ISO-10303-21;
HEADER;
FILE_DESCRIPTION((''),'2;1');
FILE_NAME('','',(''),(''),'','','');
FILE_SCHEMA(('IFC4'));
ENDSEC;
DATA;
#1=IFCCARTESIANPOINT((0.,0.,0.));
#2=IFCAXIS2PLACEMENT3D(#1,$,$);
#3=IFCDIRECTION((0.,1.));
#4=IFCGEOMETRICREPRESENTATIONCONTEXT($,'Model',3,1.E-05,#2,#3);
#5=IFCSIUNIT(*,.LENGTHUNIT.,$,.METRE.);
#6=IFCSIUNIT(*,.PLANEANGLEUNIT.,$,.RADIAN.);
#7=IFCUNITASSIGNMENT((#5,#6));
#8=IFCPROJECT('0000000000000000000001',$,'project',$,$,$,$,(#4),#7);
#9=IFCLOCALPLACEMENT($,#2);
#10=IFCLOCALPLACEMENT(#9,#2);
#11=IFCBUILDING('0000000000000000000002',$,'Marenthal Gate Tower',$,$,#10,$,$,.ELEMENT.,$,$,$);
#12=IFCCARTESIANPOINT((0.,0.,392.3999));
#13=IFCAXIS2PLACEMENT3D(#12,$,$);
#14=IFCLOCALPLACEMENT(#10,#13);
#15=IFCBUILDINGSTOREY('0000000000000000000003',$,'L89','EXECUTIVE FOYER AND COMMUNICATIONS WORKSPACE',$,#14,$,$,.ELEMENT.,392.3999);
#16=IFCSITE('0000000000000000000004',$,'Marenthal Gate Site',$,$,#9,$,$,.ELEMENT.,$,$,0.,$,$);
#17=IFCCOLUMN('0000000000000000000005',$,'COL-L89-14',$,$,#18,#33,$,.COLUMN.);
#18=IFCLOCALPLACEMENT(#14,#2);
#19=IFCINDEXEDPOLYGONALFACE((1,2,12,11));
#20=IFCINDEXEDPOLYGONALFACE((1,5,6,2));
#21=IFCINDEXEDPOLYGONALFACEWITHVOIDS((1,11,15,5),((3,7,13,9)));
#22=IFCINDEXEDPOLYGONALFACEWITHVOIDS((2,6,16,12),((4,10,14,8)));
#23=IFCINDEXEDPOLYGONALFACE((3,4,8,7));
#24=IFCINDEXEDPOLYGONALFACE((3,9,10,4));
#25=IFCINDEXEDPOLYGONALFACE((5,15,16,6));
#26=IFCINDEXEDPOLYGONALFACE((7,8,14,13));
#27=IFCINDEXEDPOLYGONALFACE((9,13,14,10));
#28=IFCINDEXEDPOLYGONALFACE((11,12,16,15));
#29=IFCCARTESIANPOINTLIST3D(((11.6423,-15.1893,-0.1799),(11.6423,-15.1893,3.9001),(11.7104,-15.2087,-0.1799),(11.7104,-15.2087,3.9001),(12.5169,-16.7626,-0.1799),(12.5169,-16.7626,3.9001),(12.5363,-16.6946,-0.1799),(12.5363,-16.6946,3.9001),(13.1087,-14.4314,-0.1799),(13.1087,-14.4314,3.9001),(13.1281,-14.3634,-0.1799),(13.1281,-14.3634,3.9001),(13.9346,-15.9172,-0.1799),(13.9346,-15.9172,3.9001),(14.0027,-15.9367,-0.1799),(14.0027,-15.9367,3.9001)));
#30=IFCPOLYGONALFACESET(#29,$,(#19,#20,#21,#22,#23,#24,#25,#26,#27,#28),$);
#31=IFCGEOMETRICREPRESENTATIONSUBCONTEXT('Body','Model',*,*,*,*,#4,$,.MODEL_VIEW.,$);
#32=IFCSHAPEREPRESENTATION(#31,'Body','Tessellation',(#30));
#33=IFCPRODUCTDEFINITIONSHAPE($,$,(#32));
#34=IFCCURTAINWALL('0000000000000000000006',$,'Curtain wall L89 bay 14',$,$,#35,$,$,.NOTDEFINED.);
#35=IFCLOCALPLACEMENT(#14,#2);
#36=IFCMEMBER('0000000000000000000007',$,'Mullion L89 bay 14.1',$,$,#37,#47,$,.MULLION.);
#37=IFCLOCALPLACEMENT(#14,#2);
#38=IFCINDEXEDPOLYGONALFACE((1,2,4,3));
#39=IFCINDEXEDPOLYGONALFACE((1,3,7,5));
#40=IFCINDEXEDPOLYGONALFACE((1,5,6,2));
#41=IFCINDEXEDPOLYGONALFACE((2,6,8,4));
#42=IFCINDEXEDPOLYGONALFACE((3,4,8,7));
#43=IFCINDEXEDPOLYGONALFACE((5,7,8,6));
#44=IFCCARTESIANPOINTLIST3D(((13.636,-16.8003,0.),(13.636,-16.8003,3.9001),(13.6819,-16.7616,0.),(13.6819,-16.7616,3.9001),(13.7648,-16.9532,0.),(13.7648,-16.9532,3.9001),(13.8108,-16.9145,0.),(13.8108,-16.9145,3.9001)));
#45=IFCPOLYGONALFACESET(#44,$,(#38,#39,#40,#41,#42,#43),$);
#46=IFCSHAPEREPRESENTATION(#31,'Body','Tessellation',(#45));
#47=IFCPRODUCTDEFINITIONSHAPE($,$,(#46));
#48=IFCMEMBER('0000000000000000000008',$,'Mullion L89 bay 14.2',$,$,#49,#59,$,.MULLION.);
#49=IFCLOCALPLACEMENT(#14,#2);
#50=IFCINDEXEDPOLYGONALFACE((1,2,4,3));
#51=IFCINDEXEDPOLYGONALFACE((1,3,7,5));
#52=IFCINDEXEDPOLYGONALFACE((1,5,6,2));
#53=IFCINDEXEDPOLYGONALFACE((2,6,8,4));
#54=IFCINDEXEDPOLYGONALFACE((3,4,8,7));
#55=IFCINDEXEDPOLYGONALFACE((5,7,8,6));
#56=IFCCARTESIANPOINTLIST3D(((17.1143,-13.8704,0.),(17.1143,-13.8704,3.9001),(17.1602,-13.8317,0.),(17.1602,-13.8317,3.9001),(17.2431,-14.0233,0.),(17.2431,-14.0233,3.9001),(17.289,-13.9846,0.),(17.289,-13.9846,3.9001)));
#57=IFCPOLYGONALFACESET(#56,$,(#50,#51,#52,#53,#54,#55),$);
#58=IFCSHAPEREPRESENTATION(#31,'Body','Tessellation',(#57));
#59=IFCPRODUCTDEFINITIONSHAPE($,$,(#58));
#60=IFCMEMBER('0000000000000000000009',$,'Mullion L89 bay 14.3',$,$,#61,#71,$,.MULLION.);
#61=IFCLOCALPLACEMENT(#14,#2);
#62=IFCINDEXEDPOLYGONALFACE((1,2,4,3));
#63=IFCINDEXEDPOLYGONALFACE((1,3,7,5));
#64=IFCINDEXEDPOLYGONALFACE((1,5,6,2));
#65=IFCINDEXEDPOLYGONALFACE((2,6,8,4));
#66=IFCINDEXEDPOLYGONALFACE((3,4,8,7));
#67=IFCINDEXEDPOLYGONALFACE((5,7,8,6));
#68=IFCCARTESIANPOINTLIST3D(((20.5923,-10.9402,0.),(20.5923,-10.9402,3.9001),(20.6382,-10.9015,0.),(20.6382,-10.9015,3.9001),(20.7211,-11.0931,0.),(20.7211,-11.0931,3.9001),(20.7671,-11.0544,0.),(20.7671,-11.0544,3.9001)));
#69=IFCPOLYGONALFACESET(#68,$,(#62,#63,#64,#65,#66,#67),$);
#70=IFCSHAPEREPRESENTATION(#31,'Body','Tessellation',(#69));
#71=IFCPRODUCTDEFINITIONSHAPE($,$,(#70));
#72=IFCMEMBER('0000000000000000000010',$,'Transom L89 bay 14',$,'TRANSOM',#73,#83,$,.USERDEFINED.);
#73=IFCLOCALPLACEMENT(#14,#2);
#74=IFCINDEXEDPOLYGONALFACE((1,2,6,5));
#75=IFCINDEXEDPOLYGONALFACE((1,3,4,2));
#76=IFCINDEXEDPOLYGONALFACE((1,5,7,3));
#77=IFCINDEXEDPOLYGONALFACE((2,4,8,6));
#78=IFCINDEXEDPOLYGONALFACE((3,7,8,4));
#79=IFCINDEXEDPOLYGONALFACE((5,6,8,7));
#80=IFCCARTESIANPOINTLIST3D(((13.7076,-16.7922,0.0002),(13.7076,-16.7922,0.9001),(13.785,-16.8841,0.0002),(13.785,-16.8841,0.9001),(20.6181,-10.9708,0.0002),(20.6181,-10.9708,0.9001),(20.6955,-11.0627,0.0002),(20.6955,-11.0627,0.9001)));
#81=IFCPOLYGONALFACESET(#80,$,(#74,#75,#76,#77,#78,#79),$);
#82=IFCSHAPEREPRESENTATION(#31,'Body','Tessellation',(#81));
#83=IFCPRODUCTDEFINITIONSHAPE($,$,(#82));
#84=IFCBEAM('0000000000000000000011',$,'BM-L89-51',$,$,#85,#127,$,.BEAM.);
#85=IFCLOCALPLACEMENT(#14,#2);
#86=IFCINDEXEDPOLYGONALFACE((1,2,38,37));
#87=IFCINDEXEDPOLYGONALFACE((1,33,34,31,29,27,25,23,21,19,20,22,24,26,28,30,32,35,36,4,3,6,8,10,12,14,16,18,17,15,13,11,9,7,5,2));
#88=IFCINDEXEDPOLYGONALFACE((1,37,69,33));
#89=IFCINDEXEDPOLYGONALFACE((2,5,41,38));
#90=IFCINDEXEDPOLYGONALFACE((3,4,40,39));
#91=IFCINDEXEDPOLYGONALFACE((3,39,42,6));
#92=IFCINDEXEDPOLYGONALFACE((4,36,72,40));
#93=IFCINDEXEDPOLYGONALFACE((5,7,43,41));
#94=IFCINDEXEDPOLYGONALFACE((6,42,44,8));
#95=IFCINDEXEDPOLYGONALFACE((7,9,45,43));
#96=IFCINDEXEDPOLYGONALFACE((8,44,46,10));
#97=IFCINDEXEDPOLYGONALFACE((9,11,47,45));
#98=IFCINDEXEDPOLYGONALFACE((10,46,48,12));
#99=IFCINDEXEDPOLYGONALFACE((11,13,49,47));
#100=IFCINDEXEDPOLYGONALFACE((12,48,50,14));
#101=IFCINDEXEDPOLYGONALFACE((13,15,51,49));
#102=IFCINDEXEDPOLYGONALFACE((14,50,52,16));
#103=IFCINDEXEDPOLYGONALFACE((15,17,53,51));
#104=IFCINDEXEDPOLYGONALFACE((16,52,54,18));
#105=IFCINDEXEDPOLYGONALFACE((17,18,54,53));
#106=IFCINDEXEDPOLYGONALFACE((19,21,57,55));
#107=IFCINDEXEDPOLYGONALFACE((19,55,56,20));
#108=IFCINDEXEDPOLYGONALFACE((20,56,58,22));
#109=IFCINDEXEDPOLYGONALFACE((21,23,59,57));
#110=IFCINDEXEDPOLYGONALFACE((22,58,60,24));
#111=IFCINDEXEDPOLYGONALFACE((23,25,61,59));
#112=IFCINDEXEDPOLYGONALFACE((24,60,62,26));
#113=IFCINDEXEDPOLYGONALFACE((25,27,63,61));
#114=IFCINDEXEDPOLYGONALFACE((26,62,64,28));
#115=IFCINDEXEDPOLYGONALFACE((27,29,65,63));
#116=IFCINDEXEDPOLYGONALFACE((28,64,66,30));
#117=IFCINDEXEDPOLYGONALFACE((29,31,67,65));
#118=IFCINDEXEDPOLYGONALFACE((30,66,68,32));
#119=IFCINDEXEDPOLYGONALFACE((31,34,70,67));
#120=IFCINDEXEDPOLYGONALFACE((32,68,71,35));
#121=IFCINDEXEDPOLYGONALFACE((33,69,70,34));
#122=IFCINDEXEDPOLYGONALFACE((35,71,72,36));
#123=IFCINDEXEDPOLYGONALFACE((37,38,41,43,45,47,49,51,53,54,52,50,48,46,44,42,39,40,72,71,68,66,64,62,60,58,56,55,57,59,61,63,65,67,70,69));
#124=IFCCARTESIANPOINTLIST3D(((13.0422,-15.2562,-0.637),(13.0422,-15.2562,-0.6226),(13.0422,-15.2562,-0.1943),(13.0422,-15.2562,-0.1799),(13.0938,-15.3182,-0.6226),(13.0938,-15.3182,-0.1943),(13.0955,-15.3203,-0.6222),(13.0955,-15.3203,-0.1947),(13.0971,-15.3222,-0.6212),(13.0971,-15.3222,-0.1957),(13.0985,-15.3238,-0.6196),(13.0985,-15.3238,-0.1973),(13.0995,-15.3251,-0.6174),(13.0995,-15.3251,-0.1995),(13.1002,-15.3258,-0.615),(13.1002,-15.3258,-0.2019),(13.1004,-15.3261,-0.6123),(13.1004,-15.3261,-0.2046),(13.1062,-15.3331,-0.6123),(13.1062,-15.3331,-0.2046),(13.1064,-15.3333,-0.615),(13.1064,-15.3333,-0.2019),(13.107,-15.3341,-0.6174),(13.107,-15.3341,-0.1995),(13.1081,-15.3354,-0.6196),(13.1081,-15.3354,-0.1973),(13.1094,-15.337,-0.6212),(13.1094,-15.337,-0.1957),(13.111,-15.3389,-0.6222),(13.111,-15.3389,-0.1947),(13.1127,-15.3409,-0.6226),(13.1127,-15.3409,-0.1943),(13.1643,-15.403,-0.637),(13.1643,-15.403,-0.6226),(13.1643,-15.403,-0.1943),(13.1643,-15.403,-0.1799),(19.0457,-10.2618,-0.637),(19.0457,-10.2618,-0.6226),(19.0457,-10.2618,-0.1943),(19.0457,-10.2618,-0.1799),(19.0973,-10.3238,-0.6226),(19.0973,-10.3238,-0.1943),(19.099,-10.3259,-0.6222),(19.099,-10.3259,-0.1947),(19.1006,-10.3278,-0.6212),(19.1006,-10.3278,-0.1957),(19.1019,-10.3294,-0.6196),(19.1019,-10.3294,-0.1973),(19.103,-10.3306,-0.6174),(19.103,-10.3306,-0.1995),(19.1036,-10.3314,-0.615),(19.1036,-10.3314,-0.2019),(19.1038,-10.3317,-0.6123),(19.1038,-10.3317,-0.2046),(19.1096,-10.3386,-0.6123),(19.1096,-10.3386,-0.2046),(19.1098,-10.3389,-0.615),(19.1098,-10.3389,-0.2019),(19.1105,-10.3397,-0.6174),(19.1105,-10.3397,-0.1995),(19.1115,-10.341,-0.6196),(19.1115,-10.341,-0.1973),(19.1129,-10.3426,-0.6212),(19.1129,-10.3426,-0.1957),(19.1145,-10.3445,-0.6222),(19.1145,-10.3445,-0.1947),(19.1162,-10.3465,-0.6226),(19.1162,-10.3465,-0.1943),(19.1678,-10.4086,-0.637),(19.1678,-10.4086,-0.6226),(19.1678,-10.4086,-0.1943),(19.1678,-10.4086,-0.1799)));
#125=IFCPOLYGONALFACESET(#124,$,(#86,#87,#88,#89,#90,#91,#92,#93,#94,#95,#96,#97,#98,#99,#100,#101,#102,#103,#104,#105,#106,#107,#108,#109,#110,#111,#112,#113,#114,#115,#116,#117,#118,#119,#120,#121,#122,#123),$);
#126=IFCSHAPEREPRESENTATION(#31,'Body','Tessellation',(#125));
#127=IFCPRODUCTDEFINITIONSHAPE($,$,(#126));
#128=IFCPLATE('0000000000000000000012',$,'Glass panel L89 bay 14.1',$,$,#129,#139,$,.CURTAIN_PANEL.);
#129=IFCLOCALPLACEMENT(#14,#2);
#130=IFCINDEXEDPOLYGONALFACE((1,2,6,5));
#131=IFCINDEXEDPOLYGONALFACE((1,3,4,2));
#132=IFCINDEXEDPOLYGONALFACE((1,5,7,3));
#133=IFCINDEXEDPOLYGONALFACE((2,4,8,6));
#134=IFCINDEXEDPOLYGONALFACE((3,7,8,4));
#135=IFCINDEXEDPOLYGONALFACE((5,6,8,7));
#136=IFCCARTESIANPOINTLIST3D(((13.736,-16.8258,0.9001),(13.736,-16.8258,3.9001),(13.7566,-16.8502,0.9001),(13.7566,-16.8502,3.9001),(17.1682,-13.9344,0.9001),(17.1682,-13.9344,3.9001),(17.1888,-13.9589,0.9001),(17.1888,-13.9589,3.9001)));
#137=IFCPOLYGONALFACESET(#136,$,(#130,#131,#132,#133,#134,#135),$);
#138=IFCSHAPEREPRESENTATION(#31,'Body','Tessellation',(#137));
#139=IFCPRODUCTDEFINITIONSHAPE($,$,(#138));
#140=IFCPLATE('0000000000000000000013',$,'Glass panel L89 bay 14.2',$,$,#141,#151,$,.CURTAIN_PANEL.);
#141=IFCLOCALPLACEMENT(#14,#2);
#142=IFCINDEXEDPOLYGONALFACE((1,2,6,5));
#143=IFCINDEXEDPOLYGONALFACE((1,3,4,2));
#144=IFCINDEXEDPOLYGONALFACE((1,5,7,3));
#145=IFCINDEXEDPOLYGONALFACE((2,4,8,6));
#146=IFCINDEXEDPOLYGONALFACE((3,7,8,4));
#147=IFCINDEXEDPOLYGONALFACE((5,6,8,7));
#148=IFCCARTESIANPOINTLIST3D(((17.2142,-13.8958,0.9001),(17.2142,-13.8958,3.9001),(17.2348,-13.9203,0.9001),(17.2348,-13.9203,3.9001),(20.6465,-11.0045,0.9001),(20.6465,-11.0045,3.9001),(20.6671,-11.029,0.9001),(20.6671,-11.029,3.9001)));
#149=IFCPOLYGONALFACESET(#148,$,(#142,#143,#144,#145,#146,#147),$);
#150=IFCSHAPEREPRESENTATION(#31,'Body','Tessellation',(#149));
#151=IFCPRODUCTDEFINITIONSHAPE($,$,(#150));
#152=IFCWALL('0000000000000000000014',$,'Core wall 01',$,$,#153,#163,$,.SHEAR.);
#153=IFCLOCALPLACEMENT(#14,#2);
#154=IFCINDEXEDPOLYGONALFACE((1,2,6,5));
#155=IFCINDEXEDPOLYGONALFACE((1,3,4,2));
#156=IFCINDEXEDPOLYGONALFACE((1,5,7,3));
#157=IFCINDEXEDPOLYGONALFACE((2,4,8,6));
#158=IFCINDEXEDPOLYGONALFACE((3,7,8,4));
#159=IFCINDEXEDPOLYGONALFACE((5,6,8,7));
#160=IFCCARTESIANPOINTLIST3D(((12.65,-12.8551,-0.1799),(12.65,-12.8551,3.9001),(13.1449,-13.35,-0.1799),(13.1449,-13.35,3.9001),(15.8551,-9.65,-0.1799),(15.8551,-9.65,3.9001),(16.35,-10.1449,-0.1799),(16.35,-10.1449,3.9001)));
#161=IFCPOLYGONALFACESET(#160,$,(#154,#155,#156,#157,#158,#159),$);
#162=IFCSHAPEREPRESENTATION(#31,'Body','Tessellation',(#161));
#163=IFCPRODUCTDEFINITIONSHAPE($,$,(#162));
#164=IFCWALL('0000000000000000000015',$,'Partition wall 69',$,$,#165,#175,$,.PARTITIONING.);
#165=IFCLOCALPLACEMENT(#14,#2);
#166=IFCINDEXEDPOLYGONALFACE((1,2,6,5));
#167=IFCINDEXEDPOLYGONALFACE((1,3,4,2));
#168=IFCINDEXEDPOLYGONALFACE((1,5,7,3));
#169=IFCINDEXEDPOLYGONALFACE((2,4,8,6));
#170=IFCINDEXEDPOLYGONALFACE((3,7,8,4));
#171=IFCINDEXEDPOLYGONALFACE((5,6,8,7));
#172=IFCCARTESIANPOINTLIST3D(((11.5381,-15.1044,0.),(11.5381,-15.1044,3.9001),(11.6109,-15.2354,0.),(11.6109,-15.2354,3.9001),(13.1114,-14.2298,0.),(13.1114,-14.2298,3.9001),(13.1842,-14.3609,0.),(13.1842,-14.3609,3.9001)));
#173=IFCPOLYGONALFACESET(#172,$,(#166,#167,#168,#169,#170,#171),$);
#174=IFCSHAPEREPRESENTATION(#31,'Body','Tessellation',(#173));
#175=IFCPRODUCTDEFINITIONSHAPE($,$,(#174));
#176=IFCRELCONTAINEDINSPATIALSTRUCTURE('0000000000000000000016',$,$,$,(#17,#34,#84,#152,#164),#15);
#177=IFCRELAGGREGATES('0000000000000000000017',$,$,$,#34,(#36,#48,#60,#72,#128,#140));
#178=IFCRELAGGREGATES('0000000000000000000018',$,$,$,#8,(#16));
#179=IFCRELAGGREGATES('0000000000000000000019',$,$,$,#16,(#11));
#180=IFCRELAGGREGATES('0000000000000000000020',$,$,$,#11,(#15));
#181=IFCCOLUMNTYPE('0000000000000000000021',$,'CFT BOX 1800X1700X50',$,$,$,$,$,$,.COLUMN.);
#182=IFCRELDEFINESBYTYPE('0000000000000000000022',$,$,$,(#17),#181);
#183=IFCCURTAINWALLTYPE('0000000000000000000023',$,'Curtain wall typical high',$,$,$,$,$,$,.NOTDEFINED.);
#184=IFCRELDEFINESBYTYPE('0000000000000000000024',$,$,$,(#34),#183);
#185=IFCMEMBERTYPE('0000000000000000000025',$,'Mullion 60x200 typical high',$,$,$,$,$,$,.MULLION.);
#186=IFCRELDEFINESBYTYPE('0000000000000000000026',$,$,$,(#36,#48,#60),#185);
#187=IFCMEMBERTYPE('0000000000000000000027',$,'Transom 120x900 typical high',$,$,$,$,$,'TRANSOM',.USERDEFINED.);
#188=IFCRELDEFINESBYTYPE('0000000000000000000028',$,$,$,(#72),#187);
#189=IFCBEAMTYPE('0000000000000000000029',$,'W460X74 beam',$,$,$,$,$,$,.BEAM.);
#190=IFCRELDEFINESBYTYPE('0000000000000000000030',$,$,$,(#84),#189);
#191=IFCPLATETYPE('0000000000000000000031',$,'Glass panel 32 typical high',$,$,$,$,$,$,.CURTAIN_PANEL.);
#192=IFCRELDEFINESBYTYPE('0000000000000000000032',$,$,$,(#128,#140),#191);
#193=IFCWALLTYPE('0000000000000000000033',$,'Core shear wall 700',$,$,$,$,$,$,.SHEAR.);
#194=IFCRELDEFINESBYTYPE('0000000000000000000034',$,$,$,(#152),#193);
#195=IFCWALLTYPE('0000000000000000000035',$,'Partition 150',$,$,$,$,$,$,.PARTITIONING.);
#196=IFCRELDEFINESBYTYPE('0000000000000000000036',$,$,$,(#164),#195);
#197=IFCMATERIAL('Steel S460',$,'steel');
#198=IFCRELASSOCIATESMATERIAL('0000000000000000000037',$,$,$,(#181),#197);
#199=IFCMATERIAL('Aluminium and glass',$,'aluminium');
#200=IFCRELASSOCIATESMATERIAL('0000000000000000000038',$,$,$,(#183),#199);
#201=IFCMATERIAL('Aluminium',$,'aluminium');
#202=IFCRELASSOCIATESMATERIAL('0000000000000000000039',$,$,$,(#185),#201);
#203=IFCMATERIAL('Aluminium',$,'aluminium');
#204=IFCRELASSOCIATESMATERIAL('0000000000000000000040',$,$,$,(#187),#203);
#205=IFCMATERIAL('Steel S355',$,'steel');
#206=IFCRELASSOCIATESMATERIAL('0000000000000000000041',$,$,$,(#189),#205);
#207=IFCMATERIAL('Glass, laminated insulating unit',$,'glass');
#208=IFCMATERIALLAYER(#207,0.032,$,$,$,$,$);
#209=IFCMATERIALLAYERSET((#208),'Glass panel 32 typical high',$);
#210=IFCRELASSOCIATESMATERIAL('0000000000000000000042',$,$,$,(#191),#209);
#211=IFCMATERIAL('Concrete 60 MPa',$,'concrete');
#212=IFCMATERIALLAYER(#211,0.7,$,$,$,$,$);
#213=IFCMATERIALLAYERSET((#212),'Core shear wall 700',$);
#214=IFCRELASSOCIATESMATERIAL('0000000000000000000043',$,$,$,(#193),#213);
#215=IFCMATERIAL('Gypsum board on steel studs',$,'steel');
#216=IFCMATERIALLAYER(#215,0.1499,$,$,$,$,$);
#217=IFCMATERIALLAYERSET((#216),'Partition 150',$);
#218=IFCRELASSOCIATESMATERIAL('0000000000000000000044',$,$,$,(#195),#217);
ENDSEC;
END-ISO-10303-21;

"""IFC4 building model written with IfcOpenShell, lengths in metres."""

from ifc_helpers import new_model, si_unit, direction, frame, frame_2d, origin, origin_2d, place, context, subcontext, project, spatial, rectangle, hollow_rectangle, i_section, extrude, material, layer, layer_set, material_profile, profile_set, type_object, element, aggregate, save


model = new_model("IFC4")

# Units and contexts
model_context = context("Model", 3, precision=1e-05, world=origin(), true_north=direction((0.0, 1.0)))
body_context = subcontext(model_context, "Body", "Model", "MODEL_VIEW")
ifc_project = project(units=[si_unit("LENGTHUNIT", "METRE"), si_unit("PLANEANGLEUNIT", "RADIAN")], contexts=[model_context])

# Site, building, storey
site_placement = place(None, origin())
site = spatial("IfcSite", under=ifc_project, at=site_placement, Name="Marenthal Gate Site", CompositionType="ELEMENT", RefElevation=0.0)
building_placement = place(site_placement, origin())
building = spatial("IfcBuilding", under=site, at=building_placement, Name="Marenthal Gate Tower", CompositionType="ELEMENT")
storey_placement = place(building_placement, frame((0.0, 0.0, 392.3999)))
storey = spatial("IfcBuildingStorey", under=building, at=storey_placement, Name="L89", Description="EXECUTIVE FOYER AND COMMUNICATIONS WORKSPACE", CompositionType="ELEMENT", Elevation=392.3999)

# Column
ifc_material_1 = material(Name="Steel S460", Category="steel")
ifc_material_profile_1 = material_profile(ifc_material_1, hollow_rectangle(XDim=1.7, YDim=1.8, WallThickness=0.05, at=origin_2d()), Name="CFT BOX 1800X1700X50")
ifc_material_2 = material(Name="Concrete 70 MPa", Category="concrete")
ifc_material_profile_2 = material_profile(ifc_material_2, rectangle(XDim=1.6001, YDim=1.7, at=origin_2d()), Name="CFT BOX 1800X1700X50 INFILL")
ifc_profile_set_1 = profile_set([ifc_material_profile_1, ifc_material_profile_2], Name="Steel S460 shell, Concrete 70 MPa infill")
column_type = type_object("IfcColumnType", Name="CFT BOX 1800X1700X50", PredefinedType="COLUMN", material=ifc_profile_set_1)
column_placement = place(storey_placement, frame((12.8225, -15.563, -0.1799), z_axis=(0.0, 0.0, 1.0), x_axis=(-0.874037, -0.48586, 0.0)))
element("IfcColumn", 1, at=column_placement, inside=storey, type_object=column_type, Name="COL-L89-14", PredefinedType="COLUMN", context=body_context, shape_type="SweptSolid", body=[
    extrude(hollow_rectangle(XDim=1.7, YDim=1.8, WallThickness=0.05, at=origin_2d()), origin(), (0.0, 0.0, 1.0), 4.0801),
])

# Curtain wall, members
ifc_material_3 = material(Name="Aluminium and glass", Category="aluminium")
curtain_wall_type = type_object("IfcCurtainWallType", Name="Curtain wall typical high", PredefinedType="NOTDEFINED", material=ifc_material_3)
curtain_wall_placement = place(storey_placement, origin())
curtain_wall = element("IfcCurtainWall", 2, at=curtain_wall_placement, inside=storey, type_object=curtain_wall_type, Name="Curtain wall L89 bay 14", PredefinedType="NOTDEFINED")
ifc_material_4 = material(Name="Aluminium", Category="aluminium")
ifc_material_profile_3 = material_profile(ifc_material_4, rectangle(XDim=0.2, YDim=0.0601, at=origin_2d()), Name="60x200 aluminium mullion")
ifc_profile_set_2 = profile_set([ifc_material_profile_3], Name="Aluminium")
member_type_1 = type_object("IfcMemberType", Name="Mullion 60x200 typical high", PredefinedType="MULLION", material=ifc_profile_set_2)
member_1_placement = place(storey_placement, frame((13.7234, -16.8574, 0.0), z_axis=(0.0, 0.0, 1.0), x_axis=(-0.644265, 0.764802, 0.0)))
member_1 = element("IfcMember", 3, at=member_1_placement, type_object=member_type_1, Name="Mullion L89 bay 14.1", PredefinedType="MULLION", context=body_context, shape_type="SweptSolid", body=[
    extrude(rectangle(XDim=0.2, YDim=0.0601, at=origin_2d()), origin(), (0.0, 0.0, 1.0), 3.9001),
])
member_2_placement = place(storey_placement, frame((17.2017, -13.9275, 0.0), z_axis=(0.0, 0.0, 1.0), x_axis=(-0.644265, 0.764802, 0.0)))
member_2 = element("IfcMember", 4, at=member_2_placement, type_object=member_type_1, Name="Mullion L89 bay 14.2", PredefinedType="MULLION", context=body_context, shape_type="SweptSolid", body=[
    extrude(rectangle(XDim=0.2, YDim=0.0601, at=origin_2d()), origin(), (0.0, 0.0, 1.0), 3.9001),
])
member_3_placement = place(storey_placement, frame((20.6797, -10.9973, 0.0), z_axis=(0.0, 0.0, 1.0), x_axis=(-0.644265, 0.764802, 0.0)))
member_3 = element("IfcMember", 5, at=member_3_placement, type_object=member_type_1, Name="Mullion L89 bay 14.3", PredefinedType="MULLION", context=body_context, shape_type="SweptSolid", body=[
    extrude(rectangle(XDim=0.2, YDim=0.0601, at=origin_2d()), origin(), (0.0, 0.0, 1.0), 3.9001),
])
ifc_material_5 = material(Name="Aluminium", Category="aluminium")
ifc_material_profile_4 = material_profile(ifc_material_5, rectangle(XDim=0.1201, YDim=0.8999, at=origin_2d()), Name="120x900 aluminium transom")
ifc_profile_set_3 = profile_set([ifc_material_profile_4], Name="Aluminium")
member_type_2 = type_object("IfcMemberType", Name="Transom 120x900 typical high", ElementType="TRANSOM", PredefinedType="USERDEFINED", material=ifc_profile_set_3)
member_4_placement = place(storey_placement, frame((13.7463, -16.8381, 0.4502), z_axis=(0.764802, 0.644266, 0.0), x_axis=(-0.644266, 0.764802, 0.0)))
member_4 = element("IfcMember", 6, at=member_4_placement, type_object=member_type_2, Name="Transom L89 bay 14", ObjectType="TRANSOM", PredefinedType="USERDEFINED", context=body_context, shape_type="SweptSolid", body=[
    extrude(rectangle(XDim=0.1201, YDim=0.8999, at=origin_2d()), origin(), (0.0, 0.0, 1.0), 9.0356),
])

# Beam
ifc_material_6 = material(Name="Steel S355", Category="steel")
ifc_material_profile_5 = material_profile(ifc_material_6, i_section(OverallWidth=0.1909, OverallDepth=0.457, WebThickness=0.009, FlangeThickness=0.0144, FilletRadius=0.0103, at=origin_2d()), Name="W460X74")
ifc_profile_set_4 = profile_set([ifc_material_profile_5], Name="Steel S355")
beam_type = type_object("IfcBeamType", Name="W460X74 beam", PredefinedType="BEAM", material=ifc_profile_set_4)
beam_placement = place(storey_placement, frame((13.1033, -15.3296, -0.4084), z_axis=(0.768754, 0.639545, 0.0), x_axis=(-0.639545, 0.768754, 0.0)))
element("IfcBeam", 7, at=beam_placement, inside=storey, type_object=beam_type, Name="BM-L89-51", PredefinedType="BEAM", context=body_context, shape_type="SweptSolid", body=[
    extrude(i_section(OverallWidth=0.1909, OverallDepth=0.457, WebThickness=0.009, FlangeThickness=0.0144, FilletRadius=0.0103, at=origin_2d()), origin(), (0.0, 0.0, 1.0), 7.8093),
])

# Plates
ifc_material_7 = material(Name="Glass, laminated insulating unit", Category="glass")
ifc_layer_1 = layer(ifc_material_7, 0.032)
ifc_layer_set_1 = layer_set([ifc_layer_1], Name="Glass panel 32 typical high")
plate_type = type_object("IfcPlateType", Name="Glass panel 32 typical high", PredefinedType="CURTAIN_PANEL", material=ifc_layer_set_1)
plate_1_placement = place(storey_placement, frame((15.4624, -15.3923, 0.9001), z_axis=(0.0, 0.0, 1.0), x_axis=(0.764802, 0.644265, 0.0)))
plate_1 = element("IfcPlate", 8, at=plate_1_placement, type_object=plate_type, Name="Glass panel L89 bay 14.1", PredefinedType="CURTAIN_PANEL", context=body_context, shape_type="SweptSolid", body=[
    extrude(rectangle(XDim=4.4878, YDim=0.032, at=origin_2d()), origin(), (0.0, 0.0, 1.0), 3.0),
])
plate_2_placement = place(storey_placement, frame((18.9407, -12.4624, 0.9001), z_axis=(0.0, 0.0, 1.0), x_axis=(0.764802, 0.644265, 0.0)))
plate_2 = element("IfcPlate", 9, at=plate_2_placement, type_object=plate_type, Name="Glass panel L89 bay 14.2", PredefinedType="CURTAIN_PANEL", context=body_context, shape_type="SweptSolid", body=[
    extrude(rectangle(XDim=4.4878, YDim=0.032, at=origin_2d()), origin(), (0.0, 0.0, 1.0), 3.0),
])
aggregate(curtain_wall, [member_1, member_2, member_3, member_4, plate_1, plate_2])

# Walls
ifc_material_8 = material(Name="Concrete 60 MPa", Category="concrete")
ifc_layer_2 = layer(ifc_material_8, 0.7)
ifc_layer_set_2 = layer_set([ifc_layer_2], Name="Core shear wall 700")
wall_type_1 = type_object("IfcWallType", Name="Core shear wall 700", PredefinedType="SHEAR", material=ifc_layer_set_2)
wall_1_placement = place(storey_placement, frame((12.8975, -13.1025, -0.1799), z_axis=(0.0, 0.0, 1.0), x_axis=(0.707107, 0.707107, 0.0)))
element("IfcWall", 10, at=wall_1_placement, inside=storey, type_object=wall_type_1, Name="Core wall 01", PredefinedType="SHEAR", context=body_context, shape_type="SweptSolid", body=[
    extrude(rectangle(XDim=4.5327, YDim=0.7, at=frame_2d((2.2664, 0.0))), origin(), (0.0, 0.0, 1.0), 4.0801),
])
ifc_material_9 = material(Name="Gypsum board on steel studs", Category="steel")
ifc_layer_3 = layer(ifc_material_9, 0.1499)
ifc_layer_set_3 = layer_set([ifc_layer_3], Name="Partition 150")
wall_type_2 = type_object("IfcWallType", Name="Partition 150", PredefinedType="PARTITIONING", material=ifc_layer_set_3)
wall_2_placement = place(storey_placement, frame((13.1477, -14.2954, 0.0), z_axis=(0.0, 0.0, 1.0), x_axis=(-0.874042, -0.48585, 0.0)))
element("IfcWall", 11, at=wall_2_placement, inside=storey, type_object=wall_type_2, Name="Partition wall 69", PredefinedType="PARTITIONING", context=body_context, shape_type="SweptSolid", body=[
    extrude(rectangle(XDim=1.8, YDim=0.1499, at=frame_2d((0.8999, 0.0))), origin(), (0.0, 0.0, 1.0), 3.9001),
])

save(model, "model.ifc")
